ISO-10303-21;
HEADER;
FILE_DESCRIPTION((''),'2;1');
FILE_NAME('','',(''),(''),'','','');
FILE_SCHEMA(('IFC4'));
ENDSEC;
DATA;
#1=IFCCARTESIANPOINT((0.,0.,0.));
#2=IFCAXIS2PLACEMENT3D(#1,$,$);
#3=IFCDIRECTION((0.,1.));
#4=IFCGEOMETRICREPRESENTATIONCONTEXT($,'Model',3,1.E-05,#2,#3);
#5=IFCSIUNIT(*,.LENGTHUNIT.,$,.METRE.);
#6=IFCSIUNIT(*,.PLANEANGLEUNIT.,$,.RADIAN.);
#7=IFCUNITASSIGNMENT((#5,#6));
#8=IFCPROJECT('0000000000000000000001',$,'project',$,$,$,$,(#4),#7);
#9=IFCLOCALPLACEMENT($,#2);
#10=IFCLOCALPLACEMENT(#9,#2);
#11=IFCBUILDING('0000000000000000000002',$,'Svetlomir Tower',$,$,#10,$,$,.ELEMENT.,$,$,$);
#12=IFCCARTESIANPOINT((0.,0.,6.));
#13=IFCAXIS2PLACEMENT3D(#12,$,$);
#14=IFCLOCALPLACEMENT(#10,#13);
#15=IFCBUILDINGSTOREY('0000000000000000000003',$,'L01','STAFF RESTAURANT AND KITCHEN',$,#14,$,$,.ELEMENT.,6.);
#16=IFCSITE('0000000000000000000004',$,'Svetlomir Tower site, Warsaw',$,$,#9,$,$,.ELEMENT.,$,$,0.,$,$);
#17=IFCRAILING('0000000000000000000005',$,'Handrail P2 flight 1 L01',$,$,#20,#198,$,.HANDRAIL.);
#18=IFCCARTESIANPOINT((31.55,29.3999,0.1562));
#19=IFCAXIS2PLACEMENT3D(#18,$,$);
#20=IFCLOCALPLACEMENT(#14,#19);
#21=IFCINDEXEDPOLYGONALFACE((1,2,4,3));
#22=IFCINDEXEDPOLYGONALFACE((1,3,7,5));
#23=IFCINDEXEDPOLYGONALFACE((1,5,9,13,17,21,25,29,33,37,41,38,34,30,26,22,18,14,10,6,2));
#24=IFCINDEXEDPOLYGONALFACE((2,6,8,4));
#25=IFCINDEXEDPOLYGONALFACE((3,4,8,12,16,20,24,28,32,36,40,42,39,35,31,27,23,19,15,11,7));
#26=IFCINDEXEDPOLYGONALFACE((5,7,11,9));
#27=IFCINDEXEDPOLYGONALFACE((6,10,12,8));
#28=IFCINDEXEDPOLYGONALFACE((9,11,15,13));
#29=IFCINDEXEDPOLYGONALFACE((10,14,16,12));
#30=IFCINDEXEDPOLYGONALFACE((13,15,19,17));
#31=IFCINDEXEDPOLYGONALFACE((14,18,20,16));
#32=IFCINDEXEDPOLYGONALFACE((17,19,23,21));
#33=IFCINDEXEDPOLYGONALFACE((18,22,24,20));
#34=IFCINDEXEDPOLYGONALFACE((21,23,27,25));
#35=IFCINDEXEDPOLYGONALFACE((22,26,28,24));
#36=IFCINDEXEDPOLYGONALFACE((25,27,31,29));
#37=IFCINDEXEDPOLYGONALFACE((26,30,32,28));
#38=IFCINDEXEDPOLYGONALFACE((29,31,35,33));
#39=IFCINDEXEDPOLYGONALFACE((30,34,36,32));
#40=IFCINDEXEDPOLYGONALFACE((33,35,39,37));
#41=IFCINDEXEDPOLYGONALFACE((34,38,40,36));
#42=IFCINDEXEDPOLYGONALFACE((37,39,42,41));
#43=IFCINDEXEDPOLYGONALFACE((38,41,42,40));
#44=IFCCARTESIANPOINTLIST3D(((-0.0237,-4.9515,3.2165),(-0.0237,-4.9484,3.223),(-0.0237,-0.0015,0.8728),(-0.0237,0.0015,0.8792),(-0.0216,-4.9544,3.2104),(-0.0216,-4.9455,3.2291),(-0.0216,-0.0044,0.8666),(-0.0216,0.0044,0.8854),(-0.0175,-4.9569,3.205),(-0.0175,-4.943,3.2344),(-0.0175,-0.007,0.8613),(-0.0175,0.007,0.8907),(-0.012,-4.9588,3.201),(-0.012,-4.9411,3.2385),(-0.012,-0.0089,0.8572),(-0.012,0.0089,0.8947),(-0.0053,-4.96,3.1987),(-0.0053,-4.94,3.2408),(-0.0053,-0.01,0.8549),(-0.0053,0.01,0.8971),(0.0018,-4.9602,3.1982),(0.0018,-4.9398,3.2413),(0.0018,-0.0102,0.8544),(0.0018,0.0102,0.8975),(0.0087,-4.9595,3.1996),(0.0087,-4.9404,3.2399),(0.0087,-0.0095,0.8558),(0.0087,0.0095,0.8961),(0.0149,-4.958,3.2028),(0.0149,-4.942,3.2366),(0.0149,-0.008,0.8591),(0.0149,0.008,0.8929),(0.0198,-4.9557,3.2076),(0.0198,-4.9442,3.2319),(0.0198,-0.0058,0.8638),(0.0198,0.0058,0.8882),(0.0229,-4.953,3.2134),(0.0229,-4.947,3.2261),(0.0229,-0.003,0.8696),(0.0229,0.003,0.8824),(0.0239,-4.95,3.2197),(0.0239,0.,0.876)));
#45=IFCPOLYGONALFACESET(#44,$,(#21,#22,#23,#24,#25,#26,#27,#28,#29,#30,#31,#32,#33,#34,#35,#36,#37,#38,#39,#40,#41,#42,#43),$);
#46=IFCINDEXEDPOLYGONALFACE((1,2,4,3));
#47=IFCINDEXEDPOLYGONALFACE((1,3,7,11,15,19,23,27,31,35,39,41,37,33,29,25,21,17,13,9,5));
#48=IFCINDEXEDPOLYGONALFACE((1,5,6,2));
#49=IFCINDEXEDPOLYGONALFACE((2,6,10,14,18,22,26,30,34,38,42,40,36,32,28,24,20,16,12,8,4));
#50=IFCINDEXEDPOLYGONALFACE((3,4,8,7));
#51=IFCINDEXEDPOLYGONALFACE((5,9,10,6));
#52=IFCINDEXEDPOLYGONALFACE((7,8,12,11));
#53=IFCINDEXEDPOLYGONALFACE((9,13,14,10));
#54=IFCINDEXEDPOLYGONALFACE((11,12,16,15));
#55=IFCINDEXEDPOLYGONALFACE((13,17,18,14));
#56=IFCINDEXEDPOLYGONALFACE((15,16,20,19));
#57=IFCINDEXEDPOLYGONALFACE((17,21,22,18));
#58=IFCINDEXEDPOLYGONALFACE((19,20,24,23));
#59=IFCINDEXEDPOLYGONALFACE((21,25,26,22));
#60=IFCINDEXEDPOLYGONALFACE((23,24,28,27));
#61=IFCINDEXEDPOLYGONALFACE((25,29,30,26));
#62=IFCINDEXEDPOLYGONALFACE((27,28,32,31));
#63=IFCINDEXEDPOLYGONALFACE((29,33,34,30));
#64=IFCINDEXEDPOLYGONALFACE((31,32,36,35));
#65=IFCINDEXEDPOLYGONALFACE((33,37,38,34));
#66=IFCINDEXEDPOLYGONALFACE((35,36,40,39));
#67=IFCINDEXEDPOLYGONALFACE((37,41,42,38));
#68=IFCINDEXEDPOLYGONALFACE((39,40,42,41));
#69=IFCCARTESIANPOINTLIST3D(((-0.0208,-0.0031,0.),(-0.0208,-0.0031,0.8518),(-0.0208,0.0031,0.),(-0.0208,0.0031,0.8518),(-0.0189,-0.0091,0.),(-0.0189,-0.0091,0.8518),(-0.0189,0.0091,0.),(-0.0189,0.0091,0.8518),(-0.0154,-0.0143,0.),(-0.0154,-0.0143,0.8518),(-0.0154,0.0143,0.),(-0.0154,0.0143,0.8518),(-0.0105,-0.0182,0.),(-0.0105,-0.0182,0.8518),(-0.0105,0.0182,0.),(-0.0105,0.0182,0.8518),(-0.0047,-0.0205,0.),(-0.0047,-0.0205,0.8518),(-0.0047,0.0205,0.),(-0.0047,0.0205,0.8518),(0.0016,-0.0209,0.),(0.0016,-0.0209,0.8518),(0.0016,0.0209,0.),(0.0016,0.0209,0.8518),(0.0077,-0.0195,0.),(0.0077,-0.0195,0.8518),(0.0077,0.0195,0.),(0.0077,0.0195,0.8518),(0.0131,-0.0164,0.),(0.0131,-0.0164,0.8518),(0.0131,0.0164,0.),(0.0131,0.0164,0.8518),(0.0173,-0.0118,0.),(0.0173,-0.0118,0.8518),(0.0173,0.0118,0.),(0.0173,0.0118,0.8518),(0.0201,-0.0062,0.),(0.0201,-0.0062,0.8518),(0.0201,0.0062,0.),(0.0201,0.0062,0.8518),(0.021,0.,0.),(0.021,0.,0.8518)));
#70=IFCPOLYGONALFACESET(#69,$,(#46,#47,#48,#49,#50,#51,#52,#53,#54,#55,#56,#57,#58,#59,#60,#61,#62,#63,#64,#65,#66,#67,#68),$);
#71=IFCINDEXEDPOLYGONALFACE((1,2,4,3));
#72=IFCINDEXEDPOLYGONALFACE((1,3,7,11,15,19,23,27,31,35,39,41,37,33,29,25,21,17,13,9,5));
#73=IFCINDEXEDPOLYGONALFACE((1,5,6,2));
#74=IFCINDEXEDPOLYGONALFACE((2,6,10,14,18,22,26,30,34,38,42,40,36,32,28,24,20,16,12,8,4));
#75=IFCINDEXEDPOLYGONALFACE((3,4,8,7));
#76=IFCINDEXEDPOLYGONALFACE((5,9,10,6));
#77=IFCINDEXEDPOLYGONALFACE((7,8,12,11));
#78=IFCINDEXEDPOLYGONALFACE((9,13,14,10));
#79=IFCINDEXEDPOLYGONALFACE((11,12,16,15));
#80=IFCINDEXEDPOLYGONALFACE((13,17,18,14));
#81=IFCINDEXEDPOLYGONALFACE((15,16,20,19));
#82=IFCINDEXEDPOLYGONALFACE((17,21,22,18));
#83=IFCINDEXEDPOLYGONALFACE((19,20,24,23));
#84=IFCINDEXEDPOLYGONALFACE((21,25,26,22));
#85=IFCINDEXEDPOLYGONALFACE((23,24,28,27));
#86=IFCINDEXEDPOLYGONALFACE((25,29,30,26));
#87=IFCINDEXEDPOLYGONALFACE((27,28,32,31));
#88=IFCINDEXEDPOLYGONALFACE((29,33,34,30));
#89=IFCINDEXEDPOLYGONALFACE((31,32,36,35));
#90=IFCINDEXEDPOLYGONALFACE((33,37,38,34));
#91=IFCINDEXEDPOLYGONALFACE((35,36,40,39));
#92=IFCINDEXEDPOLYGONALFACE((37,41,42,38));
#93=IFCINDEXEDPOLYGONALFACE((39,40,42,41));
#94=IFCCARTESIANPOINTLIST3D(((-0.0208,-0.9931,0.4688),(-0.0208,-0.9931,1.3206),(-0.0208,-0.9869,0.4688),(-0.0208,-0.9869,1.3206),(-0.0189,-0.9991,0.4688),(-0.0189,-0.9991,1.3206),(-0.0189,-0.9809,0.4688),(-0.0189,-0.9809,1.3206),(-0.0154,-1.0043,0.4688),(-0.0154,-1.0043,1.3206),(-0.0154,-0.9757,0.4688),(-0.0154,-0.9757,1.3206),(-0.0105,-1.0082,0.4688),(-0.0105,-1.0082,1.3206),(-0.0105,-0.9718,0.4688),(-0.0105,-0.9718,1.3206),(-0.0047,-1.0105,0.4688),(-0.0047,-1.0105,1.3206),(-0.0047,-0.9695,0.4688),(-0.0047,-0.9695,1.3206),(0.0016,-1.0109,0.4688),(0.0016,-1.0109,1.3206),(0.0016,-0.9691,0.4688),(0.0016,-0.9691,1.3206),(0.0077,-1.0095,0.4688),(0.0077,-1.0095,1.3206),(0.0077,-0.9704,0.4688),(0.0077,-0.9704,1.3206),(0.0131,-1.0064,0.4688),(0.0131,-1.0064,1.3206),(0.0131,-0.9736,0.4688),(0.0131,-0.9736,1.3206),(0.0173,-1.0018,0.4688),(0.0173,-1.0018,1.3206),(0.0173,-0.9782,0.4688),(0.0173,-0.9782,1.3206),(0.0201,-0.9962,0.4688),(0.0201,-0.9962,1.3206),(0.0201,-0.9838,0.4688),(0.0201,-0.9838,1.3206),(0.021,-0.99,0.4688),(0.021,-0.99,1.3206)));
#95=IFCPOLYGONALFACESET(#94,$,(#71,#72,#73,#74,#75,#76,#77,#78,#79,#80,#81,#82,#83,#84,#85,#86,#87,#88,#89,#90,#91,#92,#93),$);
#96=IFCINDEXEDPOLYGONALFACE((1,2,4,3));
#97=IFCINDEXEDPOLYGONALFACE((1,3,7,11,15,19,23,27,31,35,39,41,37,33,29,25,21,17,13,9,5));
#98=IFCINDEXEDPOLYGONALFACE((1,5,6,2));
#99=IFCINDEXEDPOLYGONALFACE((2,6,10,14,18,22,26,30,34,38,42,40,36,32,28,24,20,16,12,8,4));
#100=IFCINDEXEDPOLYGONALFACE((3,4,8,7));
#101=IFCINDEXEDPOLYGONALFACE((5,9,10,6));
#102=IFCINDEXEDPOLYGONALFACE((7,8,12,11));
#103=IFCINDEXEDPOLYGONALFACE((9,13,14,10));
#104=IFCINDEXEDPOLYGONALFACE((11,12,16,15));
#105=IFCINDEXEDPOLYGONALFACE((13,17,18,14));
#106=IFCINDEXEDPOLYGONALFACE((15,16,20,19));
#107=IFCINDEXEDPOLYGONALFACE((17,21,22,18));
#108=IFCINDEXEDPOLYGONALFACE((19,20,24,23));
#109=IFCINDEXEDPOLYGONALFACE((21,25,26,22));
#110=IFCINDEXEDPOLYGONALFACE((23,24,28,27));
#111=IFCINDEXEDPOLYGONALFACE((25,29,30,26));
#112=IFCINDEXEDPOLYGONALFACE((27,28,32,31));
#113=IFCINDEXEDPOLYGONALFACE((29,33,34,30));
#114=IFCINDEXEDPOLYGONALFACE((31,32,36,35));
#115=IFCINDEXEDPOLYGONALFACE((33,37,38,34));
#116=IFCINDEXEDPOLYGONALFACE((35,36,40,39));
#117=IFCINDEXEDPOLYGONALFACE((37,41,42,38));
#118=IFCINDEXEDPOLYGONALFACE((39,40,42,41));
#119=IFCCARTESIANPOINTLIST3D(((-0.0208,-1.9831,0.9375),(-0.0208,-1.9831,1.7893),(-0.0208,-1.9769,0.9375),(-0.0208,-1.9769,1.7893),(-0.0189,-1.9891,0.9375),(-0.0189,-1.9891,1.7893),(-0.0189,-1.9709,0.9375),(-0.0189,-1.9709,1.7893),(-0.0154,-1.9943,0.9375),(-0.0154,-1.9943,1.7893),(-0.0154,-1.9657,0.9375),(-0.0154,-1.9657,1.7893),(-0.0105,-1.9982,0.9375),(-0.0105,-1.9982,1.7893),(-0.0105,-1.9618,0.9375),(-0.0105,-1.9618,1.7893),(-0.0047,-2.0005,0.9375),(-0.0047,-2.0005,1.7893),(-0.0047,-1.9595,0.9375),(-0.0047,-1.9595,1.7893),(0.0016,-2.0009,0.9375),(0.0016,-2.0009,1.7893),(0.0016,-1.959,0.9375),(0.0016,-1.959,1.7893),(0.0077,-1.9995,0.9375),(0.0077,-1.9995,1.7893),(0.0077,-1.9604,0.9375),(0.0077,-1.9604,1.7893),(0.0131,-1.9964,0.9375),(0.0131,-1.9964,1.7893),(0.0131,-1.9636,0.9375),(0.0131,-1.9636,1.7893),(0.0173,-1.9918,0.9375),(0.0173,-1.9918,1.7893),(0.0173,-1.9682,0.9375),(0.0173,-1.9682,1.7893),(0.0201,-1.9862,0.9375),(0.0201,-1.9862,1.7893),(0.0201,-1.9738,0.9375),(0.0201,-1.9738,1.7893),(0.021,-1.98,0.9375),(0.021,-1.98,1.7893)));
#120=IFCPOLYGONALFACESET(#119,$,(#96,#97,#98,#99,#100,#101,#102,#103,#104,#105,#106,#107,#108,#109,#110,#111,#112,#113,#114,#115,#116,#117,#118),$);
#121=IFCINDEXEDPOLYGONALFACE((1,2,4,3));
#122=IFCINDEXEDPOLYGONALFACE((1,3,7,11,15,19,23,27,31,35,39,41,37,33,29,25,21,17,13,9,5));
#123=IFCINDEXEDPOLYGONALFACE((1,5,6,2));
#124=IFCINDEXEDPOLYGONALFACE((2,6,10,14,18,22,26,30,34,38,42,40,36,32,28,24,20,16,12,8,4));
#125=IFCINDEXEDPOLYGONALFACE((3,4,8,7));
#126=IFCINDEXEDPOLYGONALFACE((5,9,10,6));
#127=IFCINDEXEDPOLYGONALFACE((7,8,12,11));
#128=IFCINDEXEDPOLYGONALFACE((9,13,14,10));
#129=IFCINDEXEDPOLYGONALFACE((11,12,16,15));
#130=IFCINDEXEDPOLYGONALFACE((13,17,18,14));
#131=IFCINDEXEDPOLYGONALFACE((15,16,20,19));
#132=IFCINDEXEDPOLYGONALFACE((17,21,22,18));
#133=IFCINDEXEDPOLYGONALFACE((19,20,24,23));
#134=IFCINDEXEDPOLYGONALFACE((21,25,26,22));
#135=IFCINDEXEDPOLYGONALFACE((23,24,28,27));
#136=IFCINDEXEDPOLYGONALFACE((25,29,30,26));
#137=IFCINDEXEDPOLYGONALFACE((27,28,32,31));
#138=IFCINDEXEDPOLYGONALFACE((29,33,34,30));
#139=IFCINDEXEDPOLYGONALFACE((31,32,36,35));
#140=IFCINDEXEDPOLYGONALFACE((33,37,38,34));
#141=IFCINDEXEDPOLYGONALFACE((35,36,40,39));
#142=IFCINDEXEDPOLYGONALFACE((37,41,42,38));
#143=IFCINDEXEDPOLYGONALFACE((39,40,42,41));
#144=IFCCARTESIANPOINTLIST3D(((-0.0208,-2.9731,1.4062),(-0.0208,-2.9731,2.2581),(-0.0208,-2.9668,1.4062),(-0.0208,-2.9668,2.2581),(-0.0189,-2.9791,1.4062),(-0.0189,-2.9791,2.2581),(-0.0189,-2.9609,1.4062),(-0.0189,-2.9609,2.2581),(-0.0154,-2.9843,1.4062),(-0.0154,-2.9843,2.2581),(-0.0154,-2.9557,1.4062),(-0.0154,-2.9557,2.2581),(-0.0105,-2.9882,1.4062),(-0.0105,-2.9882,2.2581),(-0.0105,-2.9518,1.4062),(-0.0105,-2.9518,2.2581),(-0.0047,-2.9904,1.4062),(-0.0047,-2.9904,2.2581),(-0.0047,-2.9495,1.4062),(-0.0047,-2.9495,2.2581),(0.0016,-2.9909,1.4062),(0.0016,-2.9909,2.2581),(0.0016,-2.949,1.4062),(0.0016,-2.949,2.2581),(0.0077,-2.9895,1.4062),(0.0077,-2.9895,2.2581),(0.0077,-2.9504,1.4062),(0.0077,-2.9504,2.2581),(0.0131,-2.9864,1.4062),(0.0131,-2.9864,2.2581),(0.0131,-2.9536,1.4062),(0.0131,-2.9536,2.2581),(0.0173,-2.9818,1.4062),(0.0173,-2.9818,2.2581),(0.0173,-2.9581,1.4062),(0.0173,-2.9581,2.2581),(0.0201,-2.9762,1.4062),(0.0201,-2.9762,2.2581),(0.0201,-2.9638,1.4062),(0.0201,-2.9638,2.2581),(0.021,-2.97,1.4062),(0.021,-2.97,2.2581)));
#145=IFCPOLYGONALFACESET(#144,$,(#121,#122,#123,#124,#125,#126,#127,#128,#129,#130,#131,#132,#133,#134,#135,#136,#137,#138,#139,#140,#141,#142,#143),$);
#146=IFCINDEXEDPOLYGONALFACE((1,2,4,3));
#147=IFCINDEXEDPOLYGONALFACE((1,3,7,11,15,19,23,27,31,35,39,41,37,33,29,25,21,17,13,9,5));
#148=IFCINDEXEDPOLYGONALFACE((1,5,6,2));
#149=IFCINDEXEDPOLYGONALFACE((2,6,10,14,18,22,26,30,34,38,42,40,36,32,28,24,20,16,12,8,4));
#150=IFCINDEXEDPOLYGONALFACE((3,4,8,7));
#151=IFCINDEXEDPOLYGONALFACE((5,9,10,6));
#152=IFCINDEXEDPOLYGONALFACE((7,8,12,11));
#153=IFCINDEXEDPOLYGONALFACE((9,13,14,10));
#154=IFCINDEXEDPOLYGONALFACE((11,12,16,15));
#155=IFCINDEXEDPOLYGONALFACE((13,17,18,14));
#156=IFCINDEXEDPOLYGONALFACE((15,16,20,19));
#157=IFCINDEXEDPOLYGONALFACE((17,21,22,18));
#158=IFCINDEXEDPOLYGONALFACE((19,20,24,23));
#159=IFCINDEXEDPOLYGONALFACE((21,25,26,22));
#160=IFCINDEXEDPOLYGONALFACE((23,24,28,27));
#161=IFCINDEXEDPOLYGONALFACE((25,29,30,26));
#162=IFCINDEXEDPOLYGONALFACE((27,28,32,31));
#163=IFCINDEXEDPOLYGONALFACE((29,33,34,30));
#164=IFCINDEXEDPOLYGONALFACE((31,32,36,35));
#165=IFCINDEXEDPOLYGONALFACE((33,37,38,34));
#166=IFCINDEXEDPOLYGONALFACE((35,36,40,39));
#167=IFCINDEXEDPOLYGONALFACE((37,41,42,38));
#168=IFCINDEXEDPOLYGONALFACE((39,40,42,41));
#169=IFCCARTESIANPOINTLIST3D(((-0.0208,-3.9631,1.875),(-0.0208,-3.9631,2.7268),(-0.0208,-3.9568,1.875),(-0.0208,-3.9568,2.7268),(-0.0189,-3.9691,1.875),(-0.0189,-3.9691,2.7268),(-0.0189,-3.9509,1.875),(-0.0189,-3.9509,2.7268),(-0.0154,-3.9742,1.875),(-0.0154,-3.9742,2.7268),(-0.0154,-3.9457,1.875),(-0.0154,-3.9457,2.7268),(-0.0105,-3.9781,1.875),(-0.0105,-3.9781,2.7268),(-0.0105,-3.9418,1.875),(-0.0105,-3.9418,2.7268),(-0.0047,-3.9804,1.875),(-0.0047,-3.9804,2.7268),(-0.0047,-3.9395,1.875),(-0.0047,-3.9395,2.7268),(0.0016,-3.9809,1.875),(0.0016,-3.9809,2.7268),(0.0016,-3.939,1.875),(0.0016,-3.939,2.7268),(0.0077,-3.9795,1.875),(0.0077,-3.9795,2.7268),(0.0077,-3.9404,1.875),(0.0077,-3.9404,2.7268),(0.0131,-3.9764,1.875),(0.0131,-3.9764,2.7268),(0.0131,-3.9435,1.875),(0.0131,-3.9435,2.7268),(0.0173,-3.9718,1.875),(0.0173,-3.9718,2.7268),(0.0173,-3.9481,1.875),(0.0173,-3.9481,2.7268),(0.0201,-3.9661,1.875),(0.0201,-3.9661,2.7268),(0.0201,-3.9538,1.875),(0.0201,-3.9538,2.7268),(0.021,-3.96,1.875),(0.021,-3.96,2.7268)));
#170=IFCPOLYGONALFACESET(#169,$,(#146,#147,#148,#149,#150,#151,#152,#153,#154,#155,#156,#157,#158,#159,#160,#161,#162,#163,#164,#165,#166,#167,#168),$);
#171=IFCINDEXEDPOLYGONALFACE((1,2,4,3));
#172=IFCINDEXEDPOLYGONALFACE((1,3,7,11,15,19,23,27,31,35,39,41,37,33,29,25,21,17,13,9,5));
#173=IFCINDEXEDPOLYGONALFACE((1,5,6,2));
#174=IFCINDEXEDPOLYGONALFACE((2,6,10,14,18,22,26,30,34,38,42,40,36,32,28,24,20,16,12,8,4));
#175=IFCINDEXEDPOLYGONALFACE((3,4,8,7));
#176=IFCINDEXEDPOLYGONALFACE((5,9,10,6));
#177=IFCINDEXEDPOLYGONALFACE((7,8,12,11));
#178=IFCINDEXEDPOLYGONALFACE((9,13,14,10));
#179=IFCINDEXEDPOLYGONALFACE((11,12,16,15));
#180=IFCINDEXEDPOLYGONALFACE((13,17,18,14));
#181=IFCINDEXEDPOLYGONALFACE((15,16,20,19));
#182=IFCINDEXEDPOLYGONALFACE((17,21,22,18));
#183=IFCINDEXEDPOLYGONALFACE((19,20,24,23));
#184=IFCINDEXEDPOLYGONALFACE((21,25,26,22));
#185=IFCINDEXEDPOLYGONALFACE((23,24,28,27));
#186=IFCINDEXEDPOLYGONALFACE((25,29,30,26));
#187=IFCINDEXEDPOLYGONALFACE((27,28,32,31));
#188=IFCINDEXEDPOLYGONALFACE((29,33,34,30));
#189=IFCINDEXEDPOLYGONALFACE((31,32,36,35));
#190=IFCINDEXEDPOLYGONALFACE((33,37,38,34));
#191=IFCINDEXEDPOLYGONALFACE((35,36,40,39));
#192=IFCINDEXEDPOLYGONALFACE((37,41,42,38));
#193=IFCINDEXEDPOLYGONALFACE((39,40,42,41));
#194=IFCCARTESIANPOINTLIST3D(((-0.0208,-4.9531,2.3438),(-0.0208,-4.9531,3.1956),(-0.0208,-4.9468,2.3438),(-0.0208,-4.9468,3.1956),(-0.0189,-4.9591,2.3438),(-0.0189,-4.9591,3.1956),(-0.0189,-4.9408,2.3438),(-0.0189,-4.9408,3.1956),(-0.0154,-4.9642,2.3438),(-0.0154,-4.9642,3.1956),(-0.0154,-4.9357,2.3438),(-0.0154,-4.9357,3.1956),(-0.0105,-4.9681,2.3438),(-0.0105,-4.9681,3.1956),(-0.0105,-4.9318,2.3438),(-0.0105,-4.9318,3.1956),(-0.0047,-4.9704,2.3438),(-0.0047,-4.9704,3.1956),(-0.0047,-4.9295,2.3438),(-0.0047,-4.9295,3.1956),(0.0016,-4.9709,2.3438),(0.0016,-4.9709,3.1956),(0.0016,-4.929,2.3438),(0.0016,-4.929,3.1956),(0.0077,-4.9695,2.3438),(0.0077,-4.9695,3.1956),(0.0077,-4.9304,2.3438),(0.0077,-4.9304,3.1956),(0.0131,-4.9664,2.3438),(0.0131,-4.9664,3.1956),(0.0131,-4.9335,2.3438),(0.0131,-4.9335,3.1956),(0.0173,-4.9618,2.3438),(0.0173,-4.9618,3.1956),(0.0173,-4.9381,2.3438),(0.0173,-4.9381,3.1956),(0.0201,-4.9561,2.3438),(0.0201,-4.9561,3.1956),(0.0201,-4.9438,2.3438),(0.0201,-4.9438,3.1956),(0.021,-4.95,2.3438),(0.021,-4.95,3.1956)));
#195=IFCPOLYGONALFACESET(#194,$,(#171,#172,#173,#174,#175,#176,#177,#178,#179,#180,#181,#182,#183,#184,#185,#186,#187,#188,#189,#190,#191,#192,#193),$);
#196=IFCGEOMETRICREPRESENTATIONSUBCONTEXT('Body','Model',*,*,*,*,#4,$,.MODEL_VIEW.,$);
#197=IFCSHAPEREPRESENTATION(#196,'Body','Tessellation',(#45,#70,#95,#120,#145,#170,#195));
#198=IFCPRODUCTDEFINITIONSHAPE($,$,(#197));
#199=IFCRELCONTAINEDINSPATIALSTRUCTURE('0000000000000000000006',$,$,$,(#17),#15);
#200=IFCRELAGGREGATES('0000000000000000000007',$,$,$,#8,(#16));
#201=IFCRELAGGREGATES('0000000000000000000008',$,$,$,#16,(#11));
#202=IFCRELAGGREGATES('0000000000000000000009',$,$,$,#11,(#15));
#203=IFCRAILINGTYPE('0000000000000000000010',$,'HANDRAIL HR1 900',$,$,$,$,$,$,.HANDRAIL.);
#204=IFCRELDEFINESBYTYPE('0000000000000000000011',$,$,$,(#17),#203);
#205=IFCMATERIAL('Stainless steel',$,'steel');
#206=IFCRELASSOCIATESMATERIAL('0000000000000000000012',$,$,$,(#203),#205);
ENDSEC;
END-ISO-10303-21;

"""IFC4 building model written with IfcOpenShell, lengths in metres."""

from ifc_helpers import new_model, si_unit, direction, frame, origin, origin_2d, place, context, subcontext, project, spatial, circle, extrude, material, type_object, element, save


model = new_model("IFC4")

# Units and contexts
model_context = context("Model", 3, precision=1e-05, world=origin(), true_north=direction((0.0, 1.0)))
body_context = subcontext(model_context, "Body", "Model", "MODEL_VIEW")
ifc_project = project(units=[si_unit("LENGTHUNIT", "METRE"), si_unit("PLANEANGLEUNIT", "RADIAN")], contexts=[model_context])

# Site, building, storey
site_placement = place(None, origin())
site = spatial("IfcSite", under=ifc_project, at=site_placement, Name="Svetlomir Tower site, Warsaw", CompositionType="ELEMENT", RefElevation=0.0)
building_placement = place(site_placement, origin())
building = spatial("IfcBuilding", under=site, at=building_placement, Name="Svetlomir Tower", CompositionType="ELEMENT")
storey_placement = place(building_placement, frame((0.0, 0.0, 6.0)))
storey = spatial("IfcBuildingStorey", under=building, at=storey_placement, Name="L01", Description="STAFF RESTAURANT AND KITCHEN", CompositionType="ELEMENT", Elevation=6.0)

# Railing
ifc_material_1 = material(Name="Stainless steel", Category="steel")
railing_type_1 = type_object("IfcRailingType", Name="HANDRAIL HR1 900", PredefinedType="HANDRAIL", material=ifc_material_1)
railing_1_placement = place(storey_placement, frame((31.55, 29.3999, 0.1562)))
element("IfcRailing", 1, at=railing_1_placement, inside=storey, type_object=railing_type_1, Name="Handrail P2 flight 1 L01", PredefinedType="HANDRAIL", context=body_context, shape_type="SweptSolid", body=[
    extrude(circle(Radius=0.0239, at=origin_2d()), frame((0.0, 0.0, 0.876), z_axis=(0.0, -0.903806, 0.427943), x_axis=(1.0, 0.0, 0.0)), (0.0, 0.0, 1.0), 5.4768),
    extrude(circle(Radius=0.021, at=origin_2d()), origin(), (0.0, 0.0, 1.0), 0.8518),
    extrude(circle(Radius=0.021, at=origin_2d()), frame((0.0, -0.99, 0.4688)), (0.0, 0.0, 1.0), 0.8518),
    extrude(circle(Radius=0.021, at=origin_2d()), frame((0.0, -1.98, 0.9375)), (0.0, 0.0, 1.0), 0.8518),
    extrude(circle(Radius=0.021, at=origin_2d()), frame((0.0, -2.97, 1.4062)), (0.0, 0.0, 1.0), 0.8518),
    extrude(circle(Radius=0.021, at=origin_2d()), frame((0.0, -3.96, 1.875)), (0.0, 0.0, 1.0), 0.8518),
    extrude(circle(Radius=0.021, at=origin_2d()), frame((0.0, -4.95, 2.3438)), (0.0, 0.0, 1.0), 0.8518),
])

save(model, "model.ifc")
